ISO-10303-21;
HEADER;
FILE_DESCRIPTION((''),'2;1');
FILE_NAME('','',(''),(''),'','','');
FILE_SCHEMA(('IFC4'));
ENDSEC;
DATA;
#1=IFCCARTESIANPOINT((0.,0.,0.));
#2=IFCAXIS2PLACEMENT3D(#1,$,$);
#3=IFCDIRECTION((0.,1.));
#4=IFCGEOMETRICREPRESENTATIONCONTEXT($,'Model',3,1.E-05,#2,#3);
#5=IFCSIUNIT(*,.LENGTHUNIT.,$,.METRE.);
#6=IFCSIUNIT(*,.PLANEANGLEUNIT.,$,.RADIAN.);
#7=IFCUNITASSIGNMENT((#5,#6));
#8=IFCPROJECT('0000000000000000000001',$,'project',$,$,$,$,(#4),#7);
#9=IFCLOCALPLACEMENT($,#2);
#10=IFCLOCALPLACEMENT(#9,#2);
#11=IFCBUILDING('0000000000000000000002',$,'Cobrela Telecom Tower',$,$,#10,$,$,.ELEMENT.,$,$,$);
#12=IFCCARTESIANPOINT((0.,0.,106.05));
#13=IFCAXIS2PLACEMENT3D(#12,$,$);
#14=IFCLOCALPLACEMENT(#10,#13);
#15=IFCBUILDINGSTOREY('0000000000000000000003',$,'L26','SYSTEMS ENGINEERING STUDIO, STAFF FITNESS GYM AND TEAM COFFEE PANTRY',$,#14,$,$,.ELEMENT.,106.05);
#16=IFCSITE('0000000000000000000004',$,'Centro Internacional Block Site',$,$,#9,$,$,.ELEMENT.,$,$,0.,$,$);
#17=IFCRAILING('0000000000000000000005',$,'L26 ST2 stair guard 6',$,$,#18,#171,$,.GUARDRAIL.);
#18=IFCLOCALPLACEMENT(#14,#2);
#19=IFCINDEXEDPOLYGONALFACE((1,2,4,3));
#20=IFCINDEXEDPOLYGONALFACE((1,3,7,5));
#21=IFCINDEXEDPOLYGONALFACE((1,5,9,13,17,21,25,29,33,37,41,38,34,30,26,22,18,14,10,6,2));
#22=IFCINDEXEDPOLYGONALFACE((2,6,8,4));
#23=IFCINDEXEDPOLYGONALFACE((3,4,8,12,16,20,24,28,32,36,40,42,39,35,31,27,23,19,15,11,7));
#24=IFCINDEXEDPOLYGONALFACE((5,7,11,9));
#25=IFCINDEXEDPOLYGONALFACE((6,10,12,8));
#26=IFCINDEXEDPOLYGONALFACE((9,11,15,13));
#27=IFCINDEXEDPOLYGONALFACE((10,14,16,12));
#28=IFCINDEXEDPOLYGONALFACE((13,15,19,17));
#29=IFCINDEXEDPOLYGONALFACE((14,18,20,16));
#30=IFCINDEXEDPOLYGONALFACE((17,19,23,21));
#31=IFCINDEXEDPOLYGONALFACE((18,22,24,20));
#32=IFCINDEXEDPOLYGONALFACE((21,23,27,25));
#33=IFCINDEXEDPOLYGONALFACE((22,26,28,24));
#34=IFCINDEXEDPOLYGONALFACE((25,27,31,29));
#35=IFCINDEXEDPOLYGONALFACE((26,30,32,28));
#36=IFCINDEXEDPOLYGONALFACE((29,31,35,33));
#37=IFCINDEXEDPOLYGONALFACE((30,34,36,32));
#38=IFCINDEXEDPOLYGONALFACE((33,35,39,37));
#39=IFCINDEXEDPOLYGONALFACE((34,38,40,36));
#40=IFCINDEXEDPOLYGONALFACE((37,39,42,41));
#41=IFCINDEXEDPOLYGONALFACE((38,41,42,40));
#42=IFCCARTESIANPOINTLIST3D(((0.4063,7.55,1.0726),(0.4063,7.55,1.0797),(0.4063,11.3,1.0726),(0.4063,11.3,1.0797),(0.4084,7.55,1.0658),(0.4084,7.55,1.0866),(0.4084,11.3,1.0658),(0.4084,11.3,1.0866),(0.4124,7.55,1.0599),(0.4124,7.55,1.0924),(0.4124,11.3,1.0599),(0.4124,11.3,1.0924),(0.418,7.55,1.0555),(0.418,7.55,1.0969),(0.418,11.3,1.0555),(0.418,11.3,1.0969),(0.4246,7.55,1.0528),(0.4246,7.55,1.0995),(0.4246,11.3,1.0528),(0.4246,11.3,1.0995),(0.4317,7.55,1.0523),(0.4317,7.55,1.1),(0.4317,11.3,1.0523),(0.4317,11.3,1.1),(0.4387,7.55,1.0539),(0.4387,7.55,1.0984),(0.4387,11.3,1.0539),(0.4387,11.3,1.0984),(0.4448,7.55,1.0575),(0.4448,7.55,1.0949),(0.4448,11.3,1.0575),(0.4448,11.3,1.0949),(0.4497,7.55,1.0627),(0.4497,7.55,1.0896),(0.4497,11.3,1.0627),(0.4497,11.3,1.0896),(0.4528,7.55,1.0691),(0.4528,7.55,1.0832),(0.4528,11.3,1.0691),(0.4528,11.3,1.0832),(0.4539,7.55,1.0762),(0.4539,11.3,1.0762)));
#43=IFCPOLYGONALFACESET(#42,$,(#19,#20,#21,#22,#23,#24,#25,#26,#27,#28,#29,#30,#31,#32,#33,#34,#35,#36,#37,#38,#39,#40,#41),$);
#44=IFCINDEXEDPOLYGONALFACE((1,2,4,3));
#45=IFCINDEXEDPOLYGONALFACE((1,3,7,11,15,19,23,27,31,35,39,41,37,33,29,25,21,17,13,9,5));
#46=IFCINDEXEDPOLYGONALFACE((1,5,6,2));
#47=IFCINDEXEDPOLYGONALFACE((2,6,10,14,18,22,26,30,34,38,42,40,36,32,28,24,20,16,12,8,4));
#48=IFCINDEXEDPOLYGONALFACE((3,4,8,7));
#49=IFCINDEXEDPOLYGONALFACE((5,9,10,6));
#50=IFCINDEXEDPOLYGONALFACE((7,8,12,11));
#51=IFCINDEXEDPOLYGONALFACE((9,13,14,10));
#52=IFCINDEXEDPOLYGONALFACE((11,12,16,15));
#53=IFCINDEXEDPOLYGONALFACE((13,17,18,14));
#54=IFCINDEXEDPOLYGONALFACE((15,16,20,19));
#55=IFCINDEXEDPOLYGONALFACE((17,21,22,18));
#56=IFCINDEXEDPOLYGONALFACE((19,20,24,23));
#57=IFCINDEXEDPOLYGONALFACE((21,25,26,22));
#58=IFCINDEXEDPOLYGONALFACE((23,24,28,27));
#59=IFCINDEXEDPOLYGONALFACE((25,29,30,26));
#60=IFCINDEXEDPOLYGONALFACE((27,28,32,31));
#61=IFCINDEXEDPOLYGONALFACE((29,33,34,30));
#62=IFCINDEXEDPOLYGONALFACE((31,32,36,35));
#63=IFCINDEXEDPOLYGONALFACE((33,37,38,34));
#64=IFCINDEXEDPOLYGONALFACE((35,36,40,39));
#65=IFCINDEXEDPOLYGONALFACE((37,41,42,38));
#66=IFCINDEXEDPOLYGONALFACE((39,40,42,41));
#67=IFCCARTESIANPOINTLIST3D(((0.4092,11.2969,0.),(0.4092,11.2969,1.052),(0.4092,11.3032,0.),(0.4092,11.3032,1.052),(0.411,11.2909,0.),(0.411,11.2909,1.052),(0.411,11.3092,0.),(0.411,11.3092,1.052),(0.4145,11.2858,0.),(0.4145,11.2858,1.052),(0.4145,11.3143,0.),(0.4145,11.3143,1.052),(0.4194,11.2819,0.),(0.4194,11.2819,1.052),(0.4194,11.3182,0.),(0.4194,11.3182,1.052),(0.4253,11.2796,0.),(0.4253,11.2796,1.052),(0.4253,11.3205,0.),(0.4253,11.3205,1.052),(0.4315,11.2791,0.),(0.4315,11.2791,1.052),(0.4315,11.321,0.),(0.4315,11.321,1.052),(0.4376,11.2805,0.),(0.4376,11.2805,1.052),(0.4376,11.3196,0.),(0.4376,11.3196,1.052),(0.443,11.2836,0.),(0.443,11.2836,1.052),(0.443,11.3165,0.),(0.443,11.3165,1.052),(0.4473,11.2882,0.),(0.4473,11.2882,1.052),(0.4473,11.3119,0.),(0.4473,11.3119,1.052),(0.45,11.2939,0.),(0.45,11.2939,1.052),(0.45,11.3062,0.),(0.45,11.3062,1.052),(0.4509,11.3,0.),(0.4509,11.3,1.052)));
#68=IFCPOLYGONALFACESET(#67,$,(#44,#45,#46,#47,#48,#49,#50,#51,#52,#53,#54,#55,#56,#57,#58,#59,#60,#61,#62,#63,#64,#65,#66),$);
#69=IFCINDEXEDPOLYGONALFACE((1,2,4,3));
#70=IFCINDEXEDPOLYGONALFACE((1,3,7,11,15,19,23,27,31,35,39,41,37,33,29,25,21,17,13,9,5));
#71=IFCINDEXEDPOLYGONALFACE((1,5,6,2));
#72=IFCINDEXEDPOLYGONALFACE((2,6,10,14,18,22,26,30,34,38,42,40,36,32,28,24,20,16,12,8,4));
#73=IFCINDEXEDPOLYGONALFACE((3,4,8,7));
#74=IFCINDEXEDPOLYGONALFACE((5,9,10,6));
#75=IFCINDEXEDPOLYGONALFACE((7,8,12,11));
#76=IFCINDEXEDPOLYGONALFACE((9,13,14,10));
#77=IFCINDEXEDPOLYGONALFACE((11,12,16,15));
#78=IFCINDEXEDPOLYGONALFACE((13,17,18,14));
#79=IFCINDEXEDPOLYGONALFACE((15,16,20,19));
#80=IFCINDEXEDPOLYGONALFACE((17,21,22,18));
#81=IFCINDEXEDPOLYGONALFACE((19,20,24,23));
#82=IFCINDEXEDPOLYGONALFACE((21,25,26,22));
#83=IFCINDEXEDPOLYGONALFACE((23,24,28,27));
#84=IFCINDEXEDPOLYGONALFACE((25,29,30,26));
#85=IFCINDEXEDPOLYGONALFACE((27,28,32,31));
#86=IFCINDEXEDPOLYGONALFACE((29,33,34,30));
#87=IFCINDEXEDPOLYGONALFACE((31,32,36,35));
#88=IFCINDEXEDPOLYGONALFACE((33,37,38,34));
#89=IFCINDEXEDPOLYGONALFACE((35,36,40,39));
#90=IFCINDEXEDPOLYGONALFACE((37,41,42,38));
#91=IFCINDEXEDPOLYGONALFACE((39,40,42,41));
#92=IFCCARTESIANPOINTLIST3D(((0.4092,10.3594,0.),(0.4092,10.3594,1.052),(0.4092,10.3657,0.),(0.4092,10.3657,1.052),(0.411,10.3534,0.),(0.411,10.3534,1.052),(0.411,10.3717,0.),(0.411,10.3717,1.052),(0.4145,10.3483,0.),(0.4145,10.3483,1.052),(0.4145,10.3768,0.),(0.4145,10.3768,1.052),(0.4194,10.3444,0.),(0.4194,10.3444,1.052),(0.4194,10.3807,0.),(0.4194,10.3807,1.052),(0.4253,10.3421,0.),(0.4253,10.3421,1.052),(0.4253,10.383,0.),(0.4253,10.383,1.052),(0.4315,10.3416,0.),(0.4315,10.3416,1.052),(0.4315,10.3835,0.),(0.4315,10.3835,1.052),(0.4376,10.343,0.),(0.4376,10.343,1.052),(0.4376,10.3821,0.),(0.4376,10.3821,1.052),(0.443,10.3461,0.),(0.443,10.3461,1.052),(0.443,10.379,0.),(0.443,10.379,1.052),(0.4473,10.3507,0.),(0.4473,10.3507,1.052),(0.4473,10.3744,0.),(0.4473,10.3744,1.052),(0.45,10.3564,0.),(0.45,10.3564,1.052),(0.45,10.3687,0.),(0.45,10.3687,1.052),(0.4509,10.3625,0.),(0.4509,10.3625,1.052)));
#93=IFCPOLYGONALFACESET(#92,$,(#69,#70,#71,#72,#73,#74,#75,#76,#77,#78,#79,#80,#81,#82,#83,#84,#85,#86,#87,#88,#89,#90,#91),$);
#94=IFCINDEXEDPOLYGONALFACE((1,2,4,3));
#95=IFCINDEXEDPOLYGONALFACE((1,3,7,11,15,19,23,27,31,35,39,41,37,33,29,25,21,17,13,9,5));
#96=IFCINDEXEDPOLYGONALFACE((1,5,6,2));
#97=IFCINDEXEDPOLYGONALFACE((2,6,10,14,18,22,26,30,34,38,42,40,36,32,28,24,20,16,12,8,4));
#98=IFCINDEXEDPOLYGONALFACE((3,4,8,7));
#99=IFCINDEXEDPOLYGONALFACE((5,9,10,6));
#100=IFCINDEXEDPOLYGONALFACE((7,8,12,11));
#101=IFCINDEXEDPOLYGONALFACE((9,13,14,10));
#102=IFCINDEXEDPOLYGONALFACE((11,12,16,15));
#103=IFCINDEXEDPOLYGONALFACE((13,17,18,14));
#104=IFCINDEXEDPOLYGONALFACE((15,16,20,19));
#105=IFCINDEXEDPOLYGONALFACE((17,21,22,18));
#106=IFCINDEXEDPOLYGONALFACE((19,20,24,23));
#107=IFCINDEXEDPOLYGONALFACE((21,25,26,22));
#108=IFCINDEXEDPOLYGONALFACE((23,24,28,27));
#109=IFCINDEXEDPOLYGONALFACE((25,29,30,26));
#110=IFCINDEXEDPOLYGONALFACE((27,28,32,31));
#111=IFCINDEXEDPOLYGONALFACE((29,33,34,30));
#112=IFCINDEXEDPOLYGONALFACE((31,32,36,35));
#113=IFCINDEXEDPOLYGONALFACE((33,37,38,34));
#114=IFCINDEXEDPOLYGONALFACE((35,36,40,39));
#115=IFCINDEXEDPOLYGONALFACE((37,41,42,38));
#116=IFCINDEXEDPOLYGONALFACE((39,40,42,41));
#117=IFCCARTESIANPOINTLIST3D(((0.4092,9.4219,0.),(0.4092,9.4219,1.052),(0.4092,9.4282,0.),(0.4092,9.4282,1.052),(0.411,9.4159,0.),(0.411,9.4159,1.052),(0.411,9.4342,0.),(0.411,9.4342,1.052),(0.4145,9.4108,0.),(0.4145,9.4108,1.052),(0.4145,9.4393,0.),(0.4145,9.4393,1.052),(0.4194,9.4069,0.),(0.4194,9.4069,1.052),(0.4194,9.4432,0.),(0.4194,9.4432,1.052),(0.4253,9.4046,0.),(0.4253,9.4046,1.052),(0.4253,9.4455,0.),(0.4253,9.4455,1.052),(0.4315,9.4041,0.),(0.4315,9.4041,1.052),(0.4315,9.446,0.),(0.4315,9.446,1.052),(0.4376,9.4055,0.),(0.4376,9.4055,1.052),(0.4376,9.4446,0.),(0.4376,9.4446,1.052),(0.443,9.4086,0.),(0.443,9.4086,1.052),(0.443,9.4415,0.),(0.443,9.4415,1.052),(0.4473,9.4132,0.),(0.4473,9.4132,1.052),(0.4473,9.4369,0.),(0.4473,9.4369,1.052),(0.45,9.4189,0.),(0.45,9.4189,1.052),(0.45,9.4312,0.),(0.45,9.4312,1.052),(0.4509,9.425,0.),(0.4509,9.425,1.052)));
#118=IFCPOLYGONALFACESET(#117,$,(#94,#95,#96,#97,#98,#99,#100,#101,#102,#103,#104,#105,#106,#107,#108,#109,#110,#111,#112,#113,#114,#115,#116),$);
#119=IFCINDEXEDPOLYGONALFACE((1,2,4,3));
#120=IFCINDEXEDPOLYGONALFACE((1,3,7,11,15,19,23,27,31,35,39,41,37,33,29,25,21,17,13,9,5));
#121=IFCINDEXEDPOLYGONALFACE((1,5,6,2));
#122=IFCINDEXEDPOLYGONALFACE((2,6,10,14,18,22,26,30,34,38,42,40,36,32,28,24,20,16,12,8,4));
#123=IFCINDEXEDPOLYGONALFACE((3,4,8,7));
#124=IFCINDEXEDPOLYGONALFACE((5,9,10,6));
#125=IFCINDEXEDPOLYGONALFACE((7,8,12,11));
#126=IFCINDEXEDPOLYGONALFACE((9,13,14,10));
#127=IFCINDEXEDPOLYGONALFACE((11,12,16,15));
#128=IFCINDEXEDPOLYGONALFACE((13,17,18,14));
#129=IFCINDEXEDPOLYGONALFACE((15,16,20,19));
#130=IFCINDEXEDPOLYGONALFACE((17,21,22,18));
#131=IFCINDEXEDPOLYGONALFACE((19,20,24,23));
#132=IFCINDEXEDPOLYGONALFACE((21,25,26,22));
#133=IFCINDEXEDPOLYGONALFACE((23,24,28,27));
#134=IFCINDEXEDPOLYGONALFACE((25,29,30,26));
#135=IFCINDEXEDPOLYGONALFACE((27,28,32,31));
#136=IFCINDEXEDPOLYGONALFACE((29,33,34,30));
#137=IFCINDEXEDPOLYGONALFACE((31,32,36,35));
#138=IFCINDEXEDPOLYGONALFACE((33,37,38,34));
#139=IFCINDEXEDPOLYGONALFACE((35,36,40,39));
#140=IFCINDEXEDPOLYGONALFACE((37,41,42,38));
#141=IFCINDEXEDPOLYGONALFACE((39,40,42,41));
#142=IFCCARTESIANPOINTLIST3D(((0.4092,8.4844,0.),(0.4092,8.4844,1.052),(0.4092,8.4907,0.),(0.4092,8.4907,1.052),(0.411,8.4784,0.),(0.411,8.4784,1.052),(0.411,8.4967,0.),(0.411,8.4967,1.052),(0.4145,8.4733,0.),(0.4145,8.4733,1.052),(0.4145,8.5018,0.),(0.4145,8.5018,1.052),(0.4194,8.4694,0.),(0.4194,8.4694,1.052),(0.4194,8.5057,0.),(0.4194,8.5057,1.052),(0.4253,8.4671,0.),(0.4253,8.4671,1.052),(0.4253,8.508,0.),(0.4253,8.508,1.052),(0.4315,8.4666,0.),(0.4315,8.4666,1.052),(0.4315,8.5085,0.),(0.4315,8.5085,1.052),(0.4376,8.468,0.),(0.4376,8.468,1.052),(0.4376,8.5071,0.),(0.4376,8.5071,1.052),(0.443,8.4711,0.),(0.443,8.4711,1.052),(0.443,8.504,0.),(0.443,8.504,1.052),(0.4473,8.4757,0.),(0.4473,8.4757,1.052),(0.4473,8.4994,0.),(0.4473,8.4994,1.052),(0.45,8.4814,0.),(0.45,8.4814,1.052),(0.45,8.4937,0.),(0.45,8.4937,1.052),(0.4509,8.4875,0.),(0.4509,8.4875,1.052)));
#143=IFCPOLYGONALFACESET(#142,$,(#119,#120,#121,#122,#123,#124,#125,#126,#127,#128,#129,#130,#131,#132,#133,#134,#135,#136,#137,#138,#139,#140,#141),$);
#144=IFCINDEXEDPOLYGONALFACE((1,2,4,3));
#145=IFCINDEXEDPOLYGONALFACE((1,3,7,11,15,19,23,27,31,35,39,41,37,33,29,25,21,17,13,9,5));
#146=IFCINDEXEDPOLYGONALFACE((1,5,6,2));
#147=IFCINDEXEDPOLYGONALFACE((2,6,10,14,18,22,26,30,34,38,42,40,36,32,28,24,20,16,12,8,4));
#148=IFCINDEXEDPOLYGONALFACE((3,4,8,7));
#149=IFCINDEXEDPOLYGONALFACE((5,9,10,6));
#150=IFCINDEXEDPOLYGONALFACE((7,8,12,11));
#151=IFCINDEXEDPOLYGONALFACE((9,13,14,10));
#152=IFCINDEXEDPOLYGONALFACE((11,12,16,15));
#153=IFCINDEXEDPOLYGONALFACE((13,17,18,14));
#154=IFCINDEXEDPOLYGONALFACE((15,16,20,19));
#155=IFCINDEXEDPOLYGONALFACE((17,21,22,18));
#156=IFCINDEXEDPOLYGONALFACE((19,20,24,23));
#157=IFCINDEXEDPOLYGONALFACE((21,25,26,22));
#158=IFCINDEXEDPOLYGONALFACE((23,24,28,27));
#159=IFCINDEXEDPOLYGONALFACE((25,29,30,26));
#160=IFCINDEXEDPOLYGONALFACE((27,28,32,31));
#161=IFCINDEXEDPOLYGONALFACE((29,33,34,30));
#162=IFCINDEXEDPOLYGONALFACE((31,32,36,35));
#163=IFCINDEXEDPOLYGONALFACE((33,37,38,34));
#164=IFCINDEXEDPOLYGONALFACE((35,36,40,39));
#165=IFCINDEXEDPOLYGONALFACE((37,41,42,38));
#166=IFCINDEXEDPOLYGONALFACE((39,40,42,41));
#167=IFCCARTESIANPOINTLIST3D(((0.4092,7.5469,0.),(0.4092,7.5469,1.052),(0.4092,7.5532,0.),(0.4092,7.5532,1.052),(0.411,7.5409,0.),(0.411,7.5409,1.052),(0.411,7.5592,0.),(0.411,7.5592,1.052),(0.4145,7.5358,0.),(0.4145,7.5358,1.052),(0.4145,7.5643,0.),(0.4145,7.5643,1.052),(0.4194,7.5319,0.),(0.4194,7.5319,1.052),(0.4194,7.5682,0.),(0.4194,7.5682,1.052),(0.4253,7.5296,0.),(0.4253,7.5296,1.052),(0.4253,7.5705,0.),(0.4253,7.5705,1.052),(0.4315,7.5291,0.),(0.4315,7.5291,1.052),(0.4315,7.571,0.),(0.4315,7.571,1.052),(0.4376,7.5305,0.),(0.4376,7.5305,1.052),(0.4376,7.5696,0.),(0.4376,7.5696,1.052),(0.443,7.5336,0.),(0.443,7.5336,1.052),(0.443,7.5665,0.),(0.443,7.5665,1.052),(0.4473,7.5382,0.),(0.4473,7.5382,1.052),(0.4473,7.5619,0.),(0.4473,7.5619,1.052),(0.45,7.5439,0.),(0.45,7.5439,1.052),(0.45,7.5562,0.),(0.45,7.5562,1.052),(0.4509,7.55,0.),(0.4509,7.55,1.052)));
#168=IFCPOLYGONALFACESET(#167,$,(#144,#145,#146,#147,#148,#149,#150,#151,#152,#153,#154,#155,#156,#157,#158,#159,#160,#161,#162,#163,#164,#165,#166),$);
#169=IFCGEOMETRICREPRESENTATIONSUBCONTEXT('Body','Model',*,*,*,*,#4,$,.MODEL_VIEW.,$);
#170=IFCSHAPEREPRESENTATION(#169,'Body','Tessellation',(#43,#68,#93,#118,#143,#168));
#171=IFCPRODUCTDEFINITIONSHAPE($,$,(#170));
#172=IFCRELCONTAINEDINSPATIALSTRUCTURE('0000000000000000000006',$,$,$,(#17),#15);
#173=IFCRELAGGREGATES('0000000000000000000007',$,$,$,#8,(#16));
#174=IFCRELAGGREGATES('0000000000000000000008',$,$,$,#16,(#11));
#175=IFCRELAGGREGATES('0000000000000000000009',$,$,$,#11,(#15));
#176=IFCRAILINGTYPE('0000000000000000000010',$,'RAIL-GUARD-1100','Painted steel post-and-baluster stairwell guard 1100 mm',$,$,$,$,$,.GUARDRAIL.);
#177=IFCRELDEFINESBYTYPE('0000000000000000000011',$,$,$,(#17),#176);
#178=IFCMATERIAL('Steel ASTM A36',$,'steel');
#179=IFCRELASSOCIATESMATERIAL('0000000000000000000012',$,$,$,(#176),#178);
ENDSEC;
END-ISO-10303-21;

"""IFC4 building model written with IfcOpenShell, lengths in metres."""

from ifc_helpers import new_model, si_unit, direction, frame, origin, origin_2d, place, context, subcontext, project, spatial, circle, extrude, material, type_object, element, save


model = new_model("IFC4")

# Units and contexts
model_context = context("Model", 3, precision=1e-05, world=origin(), true_north=direction((0.0, 1.0)))
body_context = subcontext(model_context, "Body", "Model", "MODEL_VIEW")
ifc_project = project(units=[si_unit("LENGTHUNIT", "METRE"), si_unit("PLANEANGLEUNIT", "RADIAN")], contexts=[model_context])

# Site, building, storey
site_placement = place(None, origin())
site = spatial("IfcSite", under=ifc_project, at=site_placement, Name="Centro Internacional Block Site", CompositionType="ELEMENT", RefElevation=0.0)
building_placement = place(site_placement, origin())
building = spatial("IfcBuilding", under=site, at=building_placement, Name="Cobrela Telecom Tower", CompositionType="ELEMENT")
storey_placement = place(building_placement, frame((0.0, 0.0, 106.05)))
storey = spatial("IfcBuildingStorey", under=building, at=storey_placement, Name="L26", Description="SYSTEMS ENGINEERING STUDIO, STAFF FITNESS GYM AND TEAM COFFEE PANTRY", CompositionType="ELEMENT", Elevation=106.05)

# Shared definitions
ifc_material_1 = material(Name="Steel ASTM A36", Category="steel")

# Railing
railing_type_1 = type_object("IfcRailingType", Name="RAIL-GUARD-1100", Description="Painted steel post-and-baluster stairwell guard 1100 mm", PredefinedType="GUARDRAIL", material=ifc_material_1)
railing_1_placement = place(storey_placement, frame((0.4299, 11.3, 0.0)))
element("IfcRailing", 1, at=railing_1_placement, inside=storey, type_object=railing_type_1, Name="L26 ST2 stair guard 6", PredefinedType="GUARDRAIL", context=body_context, shape_type="SweptSolid", body=[
    extrude(circle(Radius=0.0239, at=origin_2d()), frame((0.0, 0.0, 1.0762), z_axis=(0.0, -1.0, 0.0), x_axis=(1.0, 0.0, 0.0)), (0.0, 0.0, 1.0), 3.75),
    extrude(circle(Radius=0.021, at=origin_2d()), origin(), (0.0, 0.0, 1.0), 1.052),
    extrude(circle(Radius=0.021, at=origin_2d()), frame((0.0, -0.9375, 0.0)), (0.0, 0.0, 1.0), 1.052),
    extrude(circle(Radius=0.021, at=origin_2d()), frame((0.0, -1.875, 0.0)), (0.0, 0.0, 1.0), 1.052),
    extrude(circle(Radius=0.021, at=origin_2d()), frame((0.0, -2.8125, 0.0)), (0.0, 0.0, 1.0), 1.052),
    extrude(circle(Radius=0.021, at=origin_2d()), frame((0.0, -3.75, 0.0)), (0.0, 0.0, 1.0), 1.052),
])

save(model, "model.ifc")
